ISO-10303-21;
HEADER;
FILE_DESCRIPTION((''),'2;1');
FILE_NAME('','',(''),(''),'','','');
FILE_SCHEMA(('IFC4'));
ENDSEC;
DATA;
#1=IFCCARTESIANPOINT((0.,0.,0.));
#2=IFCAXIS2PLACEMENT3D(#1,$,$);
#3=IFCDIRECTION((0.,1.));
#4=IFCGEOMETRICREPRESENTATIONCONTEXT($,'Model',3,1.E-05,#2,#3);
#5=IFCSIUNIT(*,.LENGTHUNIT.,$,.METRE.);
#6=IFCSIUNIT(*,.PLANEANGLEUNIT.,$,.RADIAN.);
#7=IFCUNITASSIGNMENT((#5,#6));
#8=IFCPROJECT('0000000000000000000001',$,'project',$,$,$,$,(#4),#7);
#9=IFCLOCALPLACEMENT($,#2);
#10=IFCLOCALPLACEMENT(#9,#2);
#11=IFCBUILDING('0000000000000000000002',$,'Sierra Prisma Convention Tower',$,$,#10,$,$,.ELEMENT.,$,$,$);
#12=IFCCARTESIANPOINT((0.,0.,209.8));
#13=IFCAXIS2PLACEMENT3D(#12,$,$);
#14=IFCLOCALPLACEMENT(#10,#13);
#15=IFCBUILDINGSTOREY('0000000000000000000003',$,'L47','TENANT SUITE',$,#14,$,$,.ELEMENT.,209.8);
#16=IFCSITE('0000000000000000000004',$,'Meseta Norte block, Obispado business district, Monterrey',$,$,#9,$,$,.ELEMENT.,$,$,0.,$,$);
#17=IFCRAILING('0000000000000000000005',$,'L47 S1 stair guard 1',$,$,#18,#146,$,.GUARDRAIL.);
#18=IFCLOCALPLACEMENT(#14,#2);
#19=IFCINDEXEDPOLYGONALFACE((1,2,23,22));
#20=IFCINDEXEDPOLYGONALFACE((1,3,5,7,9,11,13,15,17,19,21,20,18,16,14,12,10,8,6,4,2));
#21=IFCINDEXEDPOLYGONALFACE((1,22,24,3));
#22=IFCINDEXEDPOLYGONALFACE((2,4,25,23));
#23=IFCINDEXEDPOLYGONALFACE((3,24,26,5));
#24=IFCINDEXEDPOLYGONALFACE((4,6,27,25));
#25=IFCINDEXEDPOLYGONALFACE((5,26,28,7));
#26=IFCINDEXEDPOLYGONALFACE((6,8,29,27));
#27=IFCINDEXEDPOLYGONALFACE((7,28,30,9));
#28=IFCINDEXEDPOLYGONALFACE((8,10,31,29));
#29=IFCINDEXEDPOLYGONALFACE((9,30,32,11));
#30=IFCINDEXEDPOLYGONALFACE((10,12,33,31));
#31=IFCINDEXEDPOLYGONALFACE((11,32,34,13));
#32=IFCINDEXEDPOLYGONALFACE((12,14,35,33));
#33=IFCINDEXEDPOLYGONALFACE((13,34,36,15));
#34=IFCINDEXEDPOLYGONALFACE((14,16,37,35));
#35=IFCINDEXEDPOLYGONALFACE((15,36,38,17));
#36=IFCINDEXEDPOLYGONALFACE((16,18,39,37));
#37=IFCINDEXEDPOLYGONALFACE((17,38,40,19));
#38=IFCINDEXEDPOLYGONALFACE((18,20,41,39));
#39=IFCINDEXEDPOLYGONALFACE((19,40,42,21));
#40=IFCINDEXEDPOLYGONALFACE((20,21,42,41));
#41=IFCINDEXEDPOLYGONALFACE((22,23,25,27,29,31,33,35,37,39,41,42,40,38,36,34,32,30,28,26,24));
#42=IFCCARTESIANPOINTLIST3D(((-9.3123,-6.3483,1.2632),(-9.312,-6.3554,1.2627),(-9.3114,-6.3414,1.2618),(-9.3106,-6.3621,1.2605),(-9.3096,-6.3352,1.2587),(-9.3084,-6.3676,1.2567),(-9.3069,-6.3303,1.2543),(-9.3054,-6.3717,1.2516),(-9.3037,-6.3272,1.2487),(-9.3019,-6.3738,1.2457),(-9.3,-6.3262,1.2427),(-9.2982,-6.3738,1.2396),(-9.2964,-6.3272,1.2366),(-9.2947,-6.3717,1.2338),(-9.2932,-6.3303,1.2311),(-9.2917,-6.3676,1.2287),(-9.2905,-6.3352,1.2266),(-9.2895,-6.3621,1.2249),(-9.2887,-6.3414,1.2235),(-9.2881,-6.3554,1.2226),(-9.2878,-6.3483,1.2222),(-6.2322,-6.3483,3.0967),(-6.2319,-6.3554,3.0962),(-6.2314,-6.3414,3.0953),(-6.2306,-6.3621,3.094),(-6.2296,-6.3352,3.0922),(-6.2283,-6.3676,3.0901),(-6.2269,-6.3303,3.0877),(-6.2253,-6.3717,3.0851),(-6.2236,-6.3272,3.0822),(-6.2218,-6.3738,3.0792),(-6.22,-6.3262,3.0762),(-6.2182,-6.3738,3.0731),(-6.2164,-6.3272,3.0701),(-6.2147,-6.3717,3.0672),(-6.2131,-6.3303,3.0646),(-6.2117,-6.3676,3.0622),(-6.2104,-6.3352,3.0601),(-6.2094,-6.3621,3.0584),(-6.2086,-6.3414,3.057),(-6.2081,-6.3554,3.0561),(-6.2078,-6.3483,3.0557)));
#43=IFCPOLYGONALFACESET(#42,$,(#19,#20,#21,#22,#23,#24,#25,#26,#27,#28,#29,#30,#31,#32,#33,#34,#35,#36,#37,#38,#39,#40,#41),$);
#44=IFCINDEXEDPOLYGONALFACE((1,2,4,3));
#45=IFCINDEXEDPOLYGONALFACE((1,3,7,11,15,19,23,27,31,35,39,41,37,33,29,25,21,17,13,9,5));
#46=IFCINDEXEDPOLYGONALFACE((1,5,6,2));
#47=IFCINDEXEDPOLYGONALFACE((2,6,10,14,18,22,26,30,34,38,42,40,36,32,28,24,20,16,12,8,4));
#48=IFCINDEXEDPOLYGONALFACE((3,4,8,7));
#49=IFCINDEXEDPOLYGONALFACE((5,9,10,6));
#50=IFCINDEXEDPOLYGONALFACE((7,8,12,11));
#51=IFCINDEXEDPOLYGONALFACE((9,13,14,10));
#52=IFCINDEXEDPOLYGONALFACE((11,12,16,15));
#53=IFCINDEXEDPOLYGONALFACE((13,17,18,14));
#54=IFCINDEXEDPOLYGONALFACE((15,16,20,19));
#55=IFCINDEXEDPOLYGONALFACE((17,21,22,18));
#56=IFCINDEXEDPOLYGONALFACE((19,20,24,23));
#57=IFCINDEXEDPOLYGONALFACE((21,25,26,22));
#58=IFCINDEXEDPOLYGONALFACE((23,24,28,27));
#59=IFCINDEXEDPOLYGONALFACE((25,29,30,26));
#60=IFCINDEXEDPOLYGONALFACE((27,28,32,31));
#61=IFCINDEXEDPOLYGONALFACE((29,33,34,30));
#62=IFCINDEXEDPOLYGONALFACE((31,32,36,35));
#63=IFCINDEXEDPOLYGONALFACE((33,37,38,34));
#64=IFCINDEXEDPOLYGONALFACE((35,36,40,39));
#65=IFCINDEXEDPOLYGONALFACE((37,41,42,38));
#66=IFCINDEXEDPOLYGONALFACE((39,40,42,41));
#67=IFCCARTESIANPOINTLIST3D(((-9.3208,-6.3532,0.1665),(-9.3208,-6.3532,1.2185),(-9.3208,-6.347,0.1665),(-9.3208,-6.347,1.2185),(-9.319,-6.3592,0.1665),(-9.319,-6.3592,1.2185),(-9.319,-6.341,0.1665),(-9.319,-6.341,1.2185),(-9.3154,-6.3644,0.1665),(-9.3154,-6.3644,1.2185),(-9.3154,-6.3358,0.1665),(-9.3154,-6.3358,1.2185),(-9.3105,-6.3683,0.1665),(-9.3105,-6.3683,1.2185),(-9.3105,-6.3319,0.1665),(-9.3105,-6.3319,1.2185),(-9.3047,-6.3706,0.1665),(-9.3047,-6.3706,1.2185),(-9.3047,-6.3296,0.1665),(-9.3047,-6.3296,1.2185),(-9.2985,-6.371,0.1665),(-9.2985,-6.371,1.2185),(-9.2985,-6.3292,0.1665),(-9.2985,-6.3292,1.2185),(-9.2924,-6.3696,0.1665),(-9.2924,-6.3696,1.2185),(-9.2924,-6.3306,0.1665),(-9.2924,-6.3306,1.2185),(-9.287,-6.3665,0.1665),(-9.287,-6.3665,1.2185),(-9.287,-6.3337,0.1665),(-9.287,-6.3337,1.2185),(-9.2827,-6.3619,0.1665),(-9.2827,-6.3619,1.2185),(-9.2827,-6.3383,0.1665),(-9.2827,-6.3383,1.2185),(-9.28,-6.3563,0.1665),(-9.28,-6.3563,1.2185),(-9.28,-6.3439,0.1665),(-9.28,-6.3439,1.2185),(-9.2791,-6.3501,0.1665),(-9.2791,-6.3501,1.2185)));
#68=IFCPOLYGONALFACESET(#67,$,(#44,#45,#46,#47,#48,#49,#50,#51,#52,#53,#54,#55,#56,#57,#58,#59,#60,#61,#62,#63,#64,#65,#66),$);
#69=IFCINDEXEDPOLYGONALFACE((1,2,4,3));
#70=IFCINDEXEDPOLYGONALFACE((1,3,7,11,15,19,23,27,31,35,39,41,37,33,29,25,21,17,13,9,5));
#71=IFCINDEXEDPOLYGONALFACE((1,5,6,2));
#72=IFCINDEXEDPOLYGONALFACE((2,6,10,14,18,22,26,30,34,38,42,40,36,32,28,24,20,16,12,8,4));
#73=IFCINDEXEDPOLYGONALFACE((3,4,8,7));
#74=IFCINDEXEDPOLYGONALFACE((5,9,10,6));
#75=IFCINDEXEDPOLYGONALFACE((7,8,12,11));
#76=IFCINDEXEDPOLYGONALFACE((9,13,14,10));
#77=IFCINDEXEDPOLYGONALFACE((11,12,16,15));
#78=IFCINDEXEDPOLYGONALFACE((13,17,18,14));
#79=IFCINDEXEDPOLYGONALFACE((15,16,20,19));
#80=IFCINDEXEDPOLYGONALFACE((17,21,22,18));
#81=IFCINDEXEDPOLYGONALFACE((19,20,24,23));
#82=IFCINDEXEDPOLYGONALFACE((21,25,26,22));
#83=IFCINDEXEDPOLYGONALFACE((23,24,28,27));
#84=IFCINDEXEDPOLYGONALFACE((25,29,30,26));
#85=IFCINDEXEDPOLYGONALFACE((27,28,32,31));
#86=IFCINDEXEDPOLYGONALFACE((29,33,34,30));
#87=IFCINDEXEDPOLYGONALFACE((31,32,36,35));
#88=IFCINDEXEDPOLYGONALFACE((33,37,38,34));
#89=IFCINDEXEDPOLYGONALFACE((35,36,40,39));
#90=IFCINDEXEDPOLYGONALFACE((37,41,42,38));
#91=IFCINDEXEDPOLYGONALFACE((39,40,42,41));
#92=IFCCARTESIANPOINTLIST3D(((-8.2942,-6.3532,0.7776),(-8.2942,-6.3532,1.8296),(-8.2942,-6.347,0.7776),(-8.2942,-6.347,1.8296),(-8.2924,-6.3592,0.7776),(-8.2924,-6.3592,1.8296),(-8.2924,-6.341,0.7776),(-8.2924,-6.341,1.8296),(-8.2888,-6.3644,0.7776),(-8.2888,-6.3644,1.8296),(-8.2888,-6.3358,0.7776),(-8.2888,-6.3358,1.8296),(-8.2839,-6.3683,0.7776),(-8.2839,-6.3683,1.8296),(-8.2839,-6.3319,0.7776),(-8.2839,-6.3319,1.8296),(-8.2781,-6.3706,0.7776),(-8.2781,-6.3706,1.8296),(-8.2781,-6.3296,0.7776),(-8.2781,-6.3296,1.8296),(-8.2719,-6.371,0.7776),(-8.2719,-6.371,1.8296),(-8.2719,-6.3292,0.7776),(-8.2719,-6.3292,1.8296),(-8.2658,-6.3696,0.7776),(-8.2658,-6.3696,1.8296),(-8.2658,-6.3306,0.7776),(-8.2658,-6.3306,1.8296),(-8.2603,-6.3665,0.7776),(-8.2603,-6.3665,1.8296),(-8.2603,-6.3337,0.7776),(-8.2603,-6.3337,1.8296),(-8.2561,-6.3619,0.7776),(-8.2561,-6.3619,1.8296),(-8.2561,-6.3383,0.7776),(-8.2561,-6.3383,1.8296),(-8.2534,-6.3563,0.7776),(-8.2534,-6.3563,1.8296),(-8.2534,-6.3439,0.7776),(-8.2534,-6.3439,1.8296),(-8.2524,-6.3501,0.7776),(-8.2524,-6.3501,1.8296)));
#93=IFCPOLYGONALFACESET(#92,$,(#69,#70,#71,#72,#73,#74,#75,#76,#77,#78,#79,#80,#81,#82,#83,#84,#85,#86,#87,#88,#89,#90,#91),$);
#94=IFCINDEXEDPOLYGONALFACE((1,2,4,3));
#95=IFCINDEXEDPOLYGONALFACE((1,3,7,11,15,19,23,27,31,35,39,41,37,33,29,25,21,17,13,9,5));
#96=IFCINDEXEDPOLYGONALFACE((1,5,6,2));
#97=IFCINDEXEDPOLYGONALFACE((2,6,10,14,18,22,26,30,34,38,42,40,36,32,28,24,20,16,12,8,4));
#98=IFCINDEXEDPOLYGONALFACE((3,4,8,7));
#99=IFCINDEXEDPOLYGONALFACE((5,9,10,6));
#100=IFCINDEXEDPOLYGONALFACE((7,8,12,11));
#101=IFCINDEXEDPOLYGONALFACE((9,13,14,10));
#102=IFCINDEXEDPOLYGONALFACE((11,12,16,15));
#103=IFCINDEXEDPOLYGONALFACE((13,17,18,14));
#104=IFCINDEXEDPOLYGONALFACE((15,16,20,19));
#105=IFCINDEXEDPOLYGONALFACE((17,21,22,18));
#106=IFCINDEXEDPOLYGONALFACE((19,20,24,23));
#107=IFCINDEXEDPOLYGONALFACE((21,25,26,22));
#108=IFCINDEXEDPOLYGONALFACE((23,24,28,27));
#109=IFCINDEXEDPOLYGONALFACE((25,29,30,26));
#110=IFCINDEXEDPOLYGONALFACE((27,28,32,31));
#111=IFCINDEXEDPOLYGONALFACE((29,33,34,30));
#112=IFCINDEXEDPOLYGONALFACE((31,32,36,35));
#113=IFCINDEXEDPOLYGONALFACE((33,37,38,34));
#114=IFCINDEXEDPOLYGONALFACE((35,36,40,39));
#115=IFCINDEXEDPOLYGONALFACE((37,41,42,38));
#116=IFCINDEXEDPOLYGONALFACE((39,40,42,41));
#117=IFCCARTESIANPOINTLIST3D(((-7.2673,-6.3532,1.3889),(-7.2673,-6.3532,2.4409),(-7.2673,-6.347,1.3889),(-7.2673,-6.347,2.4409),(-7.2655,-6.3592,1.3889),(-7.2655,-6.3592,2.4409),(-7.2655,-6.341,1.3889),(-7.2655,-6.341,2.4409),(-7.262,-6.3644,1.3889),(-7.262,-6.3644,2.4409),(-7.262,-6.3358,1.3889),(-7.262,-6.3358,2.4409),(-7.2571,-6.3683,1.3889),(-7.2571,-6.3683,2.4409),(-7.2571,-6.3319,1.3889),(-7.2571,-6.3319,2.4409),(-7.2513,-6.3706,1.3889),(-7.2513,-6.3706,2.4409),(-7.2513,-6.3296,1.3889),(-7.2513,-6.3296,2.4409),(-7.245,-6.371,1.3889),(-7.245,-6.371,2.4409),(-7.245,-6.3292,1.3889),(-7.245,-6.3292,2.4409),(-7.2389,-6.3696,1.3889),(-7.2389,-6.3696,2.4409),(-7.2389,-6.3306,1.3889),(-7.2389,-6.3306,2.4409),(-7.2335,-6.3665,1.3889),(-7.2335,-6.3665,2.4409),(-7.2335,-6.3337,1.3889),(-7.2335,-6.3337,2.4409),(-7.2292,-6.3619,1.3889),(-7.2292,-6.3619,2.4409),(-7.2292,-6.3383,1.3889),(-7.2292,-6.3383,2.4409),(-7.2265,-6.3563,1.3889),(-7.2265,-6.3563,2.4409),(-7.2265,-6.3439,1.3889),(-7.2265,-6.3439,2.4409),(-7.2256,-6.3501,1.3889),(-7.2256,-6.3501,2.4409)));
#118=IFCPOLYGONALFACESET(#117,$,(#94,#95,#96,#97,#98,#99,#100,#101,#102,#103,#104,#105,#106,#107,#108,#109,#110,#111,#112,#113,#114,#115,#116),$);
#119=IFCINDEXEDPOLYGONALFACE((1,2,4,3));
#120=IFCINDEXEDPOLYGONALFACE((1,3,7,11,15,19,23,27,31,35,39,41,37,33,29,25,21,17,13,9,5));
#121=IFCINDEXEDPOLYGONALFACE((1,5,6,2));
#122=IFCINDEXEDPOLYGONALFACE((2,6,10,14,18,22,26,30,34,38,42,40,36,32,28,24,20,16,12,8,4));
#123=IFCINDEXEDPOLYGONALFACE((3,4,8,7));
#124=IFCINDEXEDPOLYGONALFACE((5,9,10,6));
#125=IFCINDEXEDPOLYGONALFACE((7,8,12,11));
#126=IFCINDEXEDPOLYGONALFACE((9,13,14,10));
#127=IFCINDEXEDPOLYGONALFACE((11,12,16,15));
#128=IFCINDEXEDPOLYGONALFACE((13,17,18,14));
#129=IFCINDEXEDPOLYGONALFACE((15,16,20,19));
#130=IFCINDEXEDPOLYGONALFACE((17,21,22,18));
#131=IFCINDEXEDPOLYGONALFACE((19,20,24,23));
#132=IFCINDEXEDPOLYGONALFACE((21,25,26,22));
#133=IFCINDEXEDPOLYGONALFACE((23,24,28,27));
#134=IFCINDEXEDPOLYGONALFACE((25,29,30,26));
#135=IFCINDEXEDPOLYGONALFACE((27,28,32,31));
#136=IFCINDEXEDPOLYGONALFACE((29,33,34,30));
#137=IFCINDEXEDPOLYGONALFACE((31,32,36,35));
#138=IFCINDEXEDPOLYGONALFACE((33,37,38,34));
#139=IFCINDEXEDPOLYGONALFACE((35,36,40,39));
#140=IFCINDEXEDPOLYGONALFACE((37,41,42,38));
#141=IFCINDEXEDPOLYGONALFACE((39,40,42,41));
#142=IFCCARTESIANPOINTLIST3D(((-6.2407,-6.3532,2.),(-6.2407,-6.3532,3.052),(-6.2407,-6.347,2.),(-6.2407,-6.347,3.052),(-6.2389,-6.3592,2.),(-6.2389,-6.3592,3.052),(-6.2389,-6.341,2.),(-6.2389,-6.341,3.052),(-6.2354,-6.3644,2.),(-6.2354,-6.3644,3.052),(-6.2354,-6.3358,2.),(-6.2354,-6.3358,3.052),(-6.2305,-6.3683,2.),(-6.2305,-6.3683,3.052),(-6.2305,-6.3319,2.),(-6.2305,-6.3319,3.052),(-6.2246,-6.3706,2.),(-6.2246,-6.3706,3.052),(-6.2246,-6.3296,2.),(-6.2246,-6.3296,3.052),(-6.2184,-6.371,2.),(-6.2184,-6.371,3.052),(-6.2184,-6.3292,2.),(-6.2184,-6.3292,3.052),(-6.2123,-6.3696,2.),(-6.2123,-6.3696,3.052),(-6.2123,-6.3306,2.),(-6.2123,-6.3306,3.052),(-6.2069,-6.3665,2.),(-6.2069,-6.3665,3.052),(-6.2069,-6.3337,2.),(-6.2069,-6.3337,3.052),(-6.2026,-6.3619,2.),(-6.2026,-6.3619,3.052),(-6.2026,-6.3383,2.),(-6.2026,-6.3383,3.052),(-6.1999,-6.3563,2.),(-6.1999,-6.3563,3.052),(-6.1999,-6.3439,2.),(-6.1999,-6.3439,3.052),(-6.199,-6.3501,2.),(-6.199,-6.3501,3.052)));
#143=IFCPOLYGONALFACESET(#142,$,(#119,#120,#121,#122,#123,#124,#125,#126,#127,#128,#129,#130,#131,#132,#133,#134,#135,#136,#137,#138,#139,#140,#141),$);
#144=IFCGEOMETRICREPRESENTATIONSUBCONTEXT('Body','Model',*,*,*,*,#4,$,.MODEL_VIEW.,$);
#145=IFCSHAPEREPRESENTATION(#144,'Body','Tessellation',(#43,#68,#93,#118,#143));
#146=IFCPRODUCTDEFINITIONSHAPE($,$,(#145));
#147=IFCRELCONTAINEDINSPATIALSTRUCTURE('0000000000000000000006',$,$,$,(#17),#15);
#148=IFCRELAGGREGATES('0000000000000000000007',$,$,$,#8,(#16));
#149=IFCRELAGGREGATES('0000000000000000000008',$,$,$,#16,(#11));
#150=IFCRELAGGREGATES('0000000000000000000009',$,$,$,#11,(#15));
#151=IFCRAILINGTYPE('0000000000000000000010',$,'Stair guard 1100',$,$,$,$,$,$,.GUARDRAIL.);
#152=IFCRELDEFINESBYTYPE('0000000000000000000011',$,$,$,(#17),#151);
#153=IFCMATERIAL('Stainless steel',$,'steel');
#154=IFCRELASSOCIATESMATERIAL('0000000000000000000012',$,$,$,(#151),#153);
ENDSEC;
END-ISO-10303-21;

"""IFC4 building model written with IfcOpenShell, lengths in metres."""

from ifc_helpers import new_model, si_unit, direction, frame, origin, origin_2d, place, context, subcontext, project, spatial, circle, extrude, material, type_object, element, save


model = new_model("IFC4")

# Units and contexts
model_context = context("Model", 3, precision=1e-05, world=origin(), true_north=direction((0.0, 1.0)))
body_context = subcontext(model_context, "Body", "Model", "MODEL_VIEW")
ifc_project = project(units=[si_unit("LENGTHUNIT", "METRE"), si_unit("PLANEANGLEUNIT", "RADIAN")], contexts=[model_context])

# Site, building, storey
site_placement = place(None, origin())
site = spatial("IfcSite", under=ifc_project, at=site_placement, Name="Meseta Norte block, Obispado business district, Monterrey", CompositionType="ELEMENT", RefElevation=0.0)
building_placement = place(site_placement, origin())
building = spatial("IfcBuilding", under=site, at=building_placement, Name="Sierra Prisma Convention Tower", CompositionType="ELEMENT")
storey_placement = place(building_placement, frame((0.0, 0.0, 209.8)))
storey = spatial("IfcBuildingStorey", under=building, at=storey_placement, Name="L47", Description="TENANT SUITE", CompositionType="ELEMENT", Elevation=209.8)

# Railing
ifc_material_1 = material(Name="Stainless steel", Category="steel")
railing_type_1 = type_object("IfcRailingType", Name="Stair guard 1100", PredefinedType="GUARDRAIL", material=ifc_material_1)
railing_1_placement = place(storey_placement, frame((-9.3, -6.3501, 0.1665)))
element("IfcRailing", 1, at=railing_1_placement, inside=storey, type_object=railing_type_1, Name="L47 S1 stair guard 1", PredefinedType="GUARDRAIL", context=body_context, shape_type="SweptSolid", body=[
    extrude(circle(Radius=0.0239, at=origin_2d()), frame((0.0, 0.0, 1.0762), z_axis=(0.859279, 0.0, 0.511508), x_axis=(0.0, 1.0, 0.0)), (0.0, 0.0, 1.0), 3.5845),
    extrude(circle(Radius=0.021, at=origin_2d()), origin(), (0.0, 0.0, 1.0), 1.052),
    extrude(circle(Radius=0.021, at=origin_2d()), frame((1.0266, 0.0, 0.6111)), (0.0, 0.0, 1.0), 1.052),
    extrude(circle(Radius=0.021, at=origin_2d()), frame((2.0535, 0.0, 1.2224)), (0.0, 0.0, 1.0), 1.052),
    extrude(circle(Radius=0.021, at=origin_2d()), frame((3.0801, 0.0, 1.8335)), (0.0, 0.0, 1.0), 1.052),
])

save(model, "model.ifc")
